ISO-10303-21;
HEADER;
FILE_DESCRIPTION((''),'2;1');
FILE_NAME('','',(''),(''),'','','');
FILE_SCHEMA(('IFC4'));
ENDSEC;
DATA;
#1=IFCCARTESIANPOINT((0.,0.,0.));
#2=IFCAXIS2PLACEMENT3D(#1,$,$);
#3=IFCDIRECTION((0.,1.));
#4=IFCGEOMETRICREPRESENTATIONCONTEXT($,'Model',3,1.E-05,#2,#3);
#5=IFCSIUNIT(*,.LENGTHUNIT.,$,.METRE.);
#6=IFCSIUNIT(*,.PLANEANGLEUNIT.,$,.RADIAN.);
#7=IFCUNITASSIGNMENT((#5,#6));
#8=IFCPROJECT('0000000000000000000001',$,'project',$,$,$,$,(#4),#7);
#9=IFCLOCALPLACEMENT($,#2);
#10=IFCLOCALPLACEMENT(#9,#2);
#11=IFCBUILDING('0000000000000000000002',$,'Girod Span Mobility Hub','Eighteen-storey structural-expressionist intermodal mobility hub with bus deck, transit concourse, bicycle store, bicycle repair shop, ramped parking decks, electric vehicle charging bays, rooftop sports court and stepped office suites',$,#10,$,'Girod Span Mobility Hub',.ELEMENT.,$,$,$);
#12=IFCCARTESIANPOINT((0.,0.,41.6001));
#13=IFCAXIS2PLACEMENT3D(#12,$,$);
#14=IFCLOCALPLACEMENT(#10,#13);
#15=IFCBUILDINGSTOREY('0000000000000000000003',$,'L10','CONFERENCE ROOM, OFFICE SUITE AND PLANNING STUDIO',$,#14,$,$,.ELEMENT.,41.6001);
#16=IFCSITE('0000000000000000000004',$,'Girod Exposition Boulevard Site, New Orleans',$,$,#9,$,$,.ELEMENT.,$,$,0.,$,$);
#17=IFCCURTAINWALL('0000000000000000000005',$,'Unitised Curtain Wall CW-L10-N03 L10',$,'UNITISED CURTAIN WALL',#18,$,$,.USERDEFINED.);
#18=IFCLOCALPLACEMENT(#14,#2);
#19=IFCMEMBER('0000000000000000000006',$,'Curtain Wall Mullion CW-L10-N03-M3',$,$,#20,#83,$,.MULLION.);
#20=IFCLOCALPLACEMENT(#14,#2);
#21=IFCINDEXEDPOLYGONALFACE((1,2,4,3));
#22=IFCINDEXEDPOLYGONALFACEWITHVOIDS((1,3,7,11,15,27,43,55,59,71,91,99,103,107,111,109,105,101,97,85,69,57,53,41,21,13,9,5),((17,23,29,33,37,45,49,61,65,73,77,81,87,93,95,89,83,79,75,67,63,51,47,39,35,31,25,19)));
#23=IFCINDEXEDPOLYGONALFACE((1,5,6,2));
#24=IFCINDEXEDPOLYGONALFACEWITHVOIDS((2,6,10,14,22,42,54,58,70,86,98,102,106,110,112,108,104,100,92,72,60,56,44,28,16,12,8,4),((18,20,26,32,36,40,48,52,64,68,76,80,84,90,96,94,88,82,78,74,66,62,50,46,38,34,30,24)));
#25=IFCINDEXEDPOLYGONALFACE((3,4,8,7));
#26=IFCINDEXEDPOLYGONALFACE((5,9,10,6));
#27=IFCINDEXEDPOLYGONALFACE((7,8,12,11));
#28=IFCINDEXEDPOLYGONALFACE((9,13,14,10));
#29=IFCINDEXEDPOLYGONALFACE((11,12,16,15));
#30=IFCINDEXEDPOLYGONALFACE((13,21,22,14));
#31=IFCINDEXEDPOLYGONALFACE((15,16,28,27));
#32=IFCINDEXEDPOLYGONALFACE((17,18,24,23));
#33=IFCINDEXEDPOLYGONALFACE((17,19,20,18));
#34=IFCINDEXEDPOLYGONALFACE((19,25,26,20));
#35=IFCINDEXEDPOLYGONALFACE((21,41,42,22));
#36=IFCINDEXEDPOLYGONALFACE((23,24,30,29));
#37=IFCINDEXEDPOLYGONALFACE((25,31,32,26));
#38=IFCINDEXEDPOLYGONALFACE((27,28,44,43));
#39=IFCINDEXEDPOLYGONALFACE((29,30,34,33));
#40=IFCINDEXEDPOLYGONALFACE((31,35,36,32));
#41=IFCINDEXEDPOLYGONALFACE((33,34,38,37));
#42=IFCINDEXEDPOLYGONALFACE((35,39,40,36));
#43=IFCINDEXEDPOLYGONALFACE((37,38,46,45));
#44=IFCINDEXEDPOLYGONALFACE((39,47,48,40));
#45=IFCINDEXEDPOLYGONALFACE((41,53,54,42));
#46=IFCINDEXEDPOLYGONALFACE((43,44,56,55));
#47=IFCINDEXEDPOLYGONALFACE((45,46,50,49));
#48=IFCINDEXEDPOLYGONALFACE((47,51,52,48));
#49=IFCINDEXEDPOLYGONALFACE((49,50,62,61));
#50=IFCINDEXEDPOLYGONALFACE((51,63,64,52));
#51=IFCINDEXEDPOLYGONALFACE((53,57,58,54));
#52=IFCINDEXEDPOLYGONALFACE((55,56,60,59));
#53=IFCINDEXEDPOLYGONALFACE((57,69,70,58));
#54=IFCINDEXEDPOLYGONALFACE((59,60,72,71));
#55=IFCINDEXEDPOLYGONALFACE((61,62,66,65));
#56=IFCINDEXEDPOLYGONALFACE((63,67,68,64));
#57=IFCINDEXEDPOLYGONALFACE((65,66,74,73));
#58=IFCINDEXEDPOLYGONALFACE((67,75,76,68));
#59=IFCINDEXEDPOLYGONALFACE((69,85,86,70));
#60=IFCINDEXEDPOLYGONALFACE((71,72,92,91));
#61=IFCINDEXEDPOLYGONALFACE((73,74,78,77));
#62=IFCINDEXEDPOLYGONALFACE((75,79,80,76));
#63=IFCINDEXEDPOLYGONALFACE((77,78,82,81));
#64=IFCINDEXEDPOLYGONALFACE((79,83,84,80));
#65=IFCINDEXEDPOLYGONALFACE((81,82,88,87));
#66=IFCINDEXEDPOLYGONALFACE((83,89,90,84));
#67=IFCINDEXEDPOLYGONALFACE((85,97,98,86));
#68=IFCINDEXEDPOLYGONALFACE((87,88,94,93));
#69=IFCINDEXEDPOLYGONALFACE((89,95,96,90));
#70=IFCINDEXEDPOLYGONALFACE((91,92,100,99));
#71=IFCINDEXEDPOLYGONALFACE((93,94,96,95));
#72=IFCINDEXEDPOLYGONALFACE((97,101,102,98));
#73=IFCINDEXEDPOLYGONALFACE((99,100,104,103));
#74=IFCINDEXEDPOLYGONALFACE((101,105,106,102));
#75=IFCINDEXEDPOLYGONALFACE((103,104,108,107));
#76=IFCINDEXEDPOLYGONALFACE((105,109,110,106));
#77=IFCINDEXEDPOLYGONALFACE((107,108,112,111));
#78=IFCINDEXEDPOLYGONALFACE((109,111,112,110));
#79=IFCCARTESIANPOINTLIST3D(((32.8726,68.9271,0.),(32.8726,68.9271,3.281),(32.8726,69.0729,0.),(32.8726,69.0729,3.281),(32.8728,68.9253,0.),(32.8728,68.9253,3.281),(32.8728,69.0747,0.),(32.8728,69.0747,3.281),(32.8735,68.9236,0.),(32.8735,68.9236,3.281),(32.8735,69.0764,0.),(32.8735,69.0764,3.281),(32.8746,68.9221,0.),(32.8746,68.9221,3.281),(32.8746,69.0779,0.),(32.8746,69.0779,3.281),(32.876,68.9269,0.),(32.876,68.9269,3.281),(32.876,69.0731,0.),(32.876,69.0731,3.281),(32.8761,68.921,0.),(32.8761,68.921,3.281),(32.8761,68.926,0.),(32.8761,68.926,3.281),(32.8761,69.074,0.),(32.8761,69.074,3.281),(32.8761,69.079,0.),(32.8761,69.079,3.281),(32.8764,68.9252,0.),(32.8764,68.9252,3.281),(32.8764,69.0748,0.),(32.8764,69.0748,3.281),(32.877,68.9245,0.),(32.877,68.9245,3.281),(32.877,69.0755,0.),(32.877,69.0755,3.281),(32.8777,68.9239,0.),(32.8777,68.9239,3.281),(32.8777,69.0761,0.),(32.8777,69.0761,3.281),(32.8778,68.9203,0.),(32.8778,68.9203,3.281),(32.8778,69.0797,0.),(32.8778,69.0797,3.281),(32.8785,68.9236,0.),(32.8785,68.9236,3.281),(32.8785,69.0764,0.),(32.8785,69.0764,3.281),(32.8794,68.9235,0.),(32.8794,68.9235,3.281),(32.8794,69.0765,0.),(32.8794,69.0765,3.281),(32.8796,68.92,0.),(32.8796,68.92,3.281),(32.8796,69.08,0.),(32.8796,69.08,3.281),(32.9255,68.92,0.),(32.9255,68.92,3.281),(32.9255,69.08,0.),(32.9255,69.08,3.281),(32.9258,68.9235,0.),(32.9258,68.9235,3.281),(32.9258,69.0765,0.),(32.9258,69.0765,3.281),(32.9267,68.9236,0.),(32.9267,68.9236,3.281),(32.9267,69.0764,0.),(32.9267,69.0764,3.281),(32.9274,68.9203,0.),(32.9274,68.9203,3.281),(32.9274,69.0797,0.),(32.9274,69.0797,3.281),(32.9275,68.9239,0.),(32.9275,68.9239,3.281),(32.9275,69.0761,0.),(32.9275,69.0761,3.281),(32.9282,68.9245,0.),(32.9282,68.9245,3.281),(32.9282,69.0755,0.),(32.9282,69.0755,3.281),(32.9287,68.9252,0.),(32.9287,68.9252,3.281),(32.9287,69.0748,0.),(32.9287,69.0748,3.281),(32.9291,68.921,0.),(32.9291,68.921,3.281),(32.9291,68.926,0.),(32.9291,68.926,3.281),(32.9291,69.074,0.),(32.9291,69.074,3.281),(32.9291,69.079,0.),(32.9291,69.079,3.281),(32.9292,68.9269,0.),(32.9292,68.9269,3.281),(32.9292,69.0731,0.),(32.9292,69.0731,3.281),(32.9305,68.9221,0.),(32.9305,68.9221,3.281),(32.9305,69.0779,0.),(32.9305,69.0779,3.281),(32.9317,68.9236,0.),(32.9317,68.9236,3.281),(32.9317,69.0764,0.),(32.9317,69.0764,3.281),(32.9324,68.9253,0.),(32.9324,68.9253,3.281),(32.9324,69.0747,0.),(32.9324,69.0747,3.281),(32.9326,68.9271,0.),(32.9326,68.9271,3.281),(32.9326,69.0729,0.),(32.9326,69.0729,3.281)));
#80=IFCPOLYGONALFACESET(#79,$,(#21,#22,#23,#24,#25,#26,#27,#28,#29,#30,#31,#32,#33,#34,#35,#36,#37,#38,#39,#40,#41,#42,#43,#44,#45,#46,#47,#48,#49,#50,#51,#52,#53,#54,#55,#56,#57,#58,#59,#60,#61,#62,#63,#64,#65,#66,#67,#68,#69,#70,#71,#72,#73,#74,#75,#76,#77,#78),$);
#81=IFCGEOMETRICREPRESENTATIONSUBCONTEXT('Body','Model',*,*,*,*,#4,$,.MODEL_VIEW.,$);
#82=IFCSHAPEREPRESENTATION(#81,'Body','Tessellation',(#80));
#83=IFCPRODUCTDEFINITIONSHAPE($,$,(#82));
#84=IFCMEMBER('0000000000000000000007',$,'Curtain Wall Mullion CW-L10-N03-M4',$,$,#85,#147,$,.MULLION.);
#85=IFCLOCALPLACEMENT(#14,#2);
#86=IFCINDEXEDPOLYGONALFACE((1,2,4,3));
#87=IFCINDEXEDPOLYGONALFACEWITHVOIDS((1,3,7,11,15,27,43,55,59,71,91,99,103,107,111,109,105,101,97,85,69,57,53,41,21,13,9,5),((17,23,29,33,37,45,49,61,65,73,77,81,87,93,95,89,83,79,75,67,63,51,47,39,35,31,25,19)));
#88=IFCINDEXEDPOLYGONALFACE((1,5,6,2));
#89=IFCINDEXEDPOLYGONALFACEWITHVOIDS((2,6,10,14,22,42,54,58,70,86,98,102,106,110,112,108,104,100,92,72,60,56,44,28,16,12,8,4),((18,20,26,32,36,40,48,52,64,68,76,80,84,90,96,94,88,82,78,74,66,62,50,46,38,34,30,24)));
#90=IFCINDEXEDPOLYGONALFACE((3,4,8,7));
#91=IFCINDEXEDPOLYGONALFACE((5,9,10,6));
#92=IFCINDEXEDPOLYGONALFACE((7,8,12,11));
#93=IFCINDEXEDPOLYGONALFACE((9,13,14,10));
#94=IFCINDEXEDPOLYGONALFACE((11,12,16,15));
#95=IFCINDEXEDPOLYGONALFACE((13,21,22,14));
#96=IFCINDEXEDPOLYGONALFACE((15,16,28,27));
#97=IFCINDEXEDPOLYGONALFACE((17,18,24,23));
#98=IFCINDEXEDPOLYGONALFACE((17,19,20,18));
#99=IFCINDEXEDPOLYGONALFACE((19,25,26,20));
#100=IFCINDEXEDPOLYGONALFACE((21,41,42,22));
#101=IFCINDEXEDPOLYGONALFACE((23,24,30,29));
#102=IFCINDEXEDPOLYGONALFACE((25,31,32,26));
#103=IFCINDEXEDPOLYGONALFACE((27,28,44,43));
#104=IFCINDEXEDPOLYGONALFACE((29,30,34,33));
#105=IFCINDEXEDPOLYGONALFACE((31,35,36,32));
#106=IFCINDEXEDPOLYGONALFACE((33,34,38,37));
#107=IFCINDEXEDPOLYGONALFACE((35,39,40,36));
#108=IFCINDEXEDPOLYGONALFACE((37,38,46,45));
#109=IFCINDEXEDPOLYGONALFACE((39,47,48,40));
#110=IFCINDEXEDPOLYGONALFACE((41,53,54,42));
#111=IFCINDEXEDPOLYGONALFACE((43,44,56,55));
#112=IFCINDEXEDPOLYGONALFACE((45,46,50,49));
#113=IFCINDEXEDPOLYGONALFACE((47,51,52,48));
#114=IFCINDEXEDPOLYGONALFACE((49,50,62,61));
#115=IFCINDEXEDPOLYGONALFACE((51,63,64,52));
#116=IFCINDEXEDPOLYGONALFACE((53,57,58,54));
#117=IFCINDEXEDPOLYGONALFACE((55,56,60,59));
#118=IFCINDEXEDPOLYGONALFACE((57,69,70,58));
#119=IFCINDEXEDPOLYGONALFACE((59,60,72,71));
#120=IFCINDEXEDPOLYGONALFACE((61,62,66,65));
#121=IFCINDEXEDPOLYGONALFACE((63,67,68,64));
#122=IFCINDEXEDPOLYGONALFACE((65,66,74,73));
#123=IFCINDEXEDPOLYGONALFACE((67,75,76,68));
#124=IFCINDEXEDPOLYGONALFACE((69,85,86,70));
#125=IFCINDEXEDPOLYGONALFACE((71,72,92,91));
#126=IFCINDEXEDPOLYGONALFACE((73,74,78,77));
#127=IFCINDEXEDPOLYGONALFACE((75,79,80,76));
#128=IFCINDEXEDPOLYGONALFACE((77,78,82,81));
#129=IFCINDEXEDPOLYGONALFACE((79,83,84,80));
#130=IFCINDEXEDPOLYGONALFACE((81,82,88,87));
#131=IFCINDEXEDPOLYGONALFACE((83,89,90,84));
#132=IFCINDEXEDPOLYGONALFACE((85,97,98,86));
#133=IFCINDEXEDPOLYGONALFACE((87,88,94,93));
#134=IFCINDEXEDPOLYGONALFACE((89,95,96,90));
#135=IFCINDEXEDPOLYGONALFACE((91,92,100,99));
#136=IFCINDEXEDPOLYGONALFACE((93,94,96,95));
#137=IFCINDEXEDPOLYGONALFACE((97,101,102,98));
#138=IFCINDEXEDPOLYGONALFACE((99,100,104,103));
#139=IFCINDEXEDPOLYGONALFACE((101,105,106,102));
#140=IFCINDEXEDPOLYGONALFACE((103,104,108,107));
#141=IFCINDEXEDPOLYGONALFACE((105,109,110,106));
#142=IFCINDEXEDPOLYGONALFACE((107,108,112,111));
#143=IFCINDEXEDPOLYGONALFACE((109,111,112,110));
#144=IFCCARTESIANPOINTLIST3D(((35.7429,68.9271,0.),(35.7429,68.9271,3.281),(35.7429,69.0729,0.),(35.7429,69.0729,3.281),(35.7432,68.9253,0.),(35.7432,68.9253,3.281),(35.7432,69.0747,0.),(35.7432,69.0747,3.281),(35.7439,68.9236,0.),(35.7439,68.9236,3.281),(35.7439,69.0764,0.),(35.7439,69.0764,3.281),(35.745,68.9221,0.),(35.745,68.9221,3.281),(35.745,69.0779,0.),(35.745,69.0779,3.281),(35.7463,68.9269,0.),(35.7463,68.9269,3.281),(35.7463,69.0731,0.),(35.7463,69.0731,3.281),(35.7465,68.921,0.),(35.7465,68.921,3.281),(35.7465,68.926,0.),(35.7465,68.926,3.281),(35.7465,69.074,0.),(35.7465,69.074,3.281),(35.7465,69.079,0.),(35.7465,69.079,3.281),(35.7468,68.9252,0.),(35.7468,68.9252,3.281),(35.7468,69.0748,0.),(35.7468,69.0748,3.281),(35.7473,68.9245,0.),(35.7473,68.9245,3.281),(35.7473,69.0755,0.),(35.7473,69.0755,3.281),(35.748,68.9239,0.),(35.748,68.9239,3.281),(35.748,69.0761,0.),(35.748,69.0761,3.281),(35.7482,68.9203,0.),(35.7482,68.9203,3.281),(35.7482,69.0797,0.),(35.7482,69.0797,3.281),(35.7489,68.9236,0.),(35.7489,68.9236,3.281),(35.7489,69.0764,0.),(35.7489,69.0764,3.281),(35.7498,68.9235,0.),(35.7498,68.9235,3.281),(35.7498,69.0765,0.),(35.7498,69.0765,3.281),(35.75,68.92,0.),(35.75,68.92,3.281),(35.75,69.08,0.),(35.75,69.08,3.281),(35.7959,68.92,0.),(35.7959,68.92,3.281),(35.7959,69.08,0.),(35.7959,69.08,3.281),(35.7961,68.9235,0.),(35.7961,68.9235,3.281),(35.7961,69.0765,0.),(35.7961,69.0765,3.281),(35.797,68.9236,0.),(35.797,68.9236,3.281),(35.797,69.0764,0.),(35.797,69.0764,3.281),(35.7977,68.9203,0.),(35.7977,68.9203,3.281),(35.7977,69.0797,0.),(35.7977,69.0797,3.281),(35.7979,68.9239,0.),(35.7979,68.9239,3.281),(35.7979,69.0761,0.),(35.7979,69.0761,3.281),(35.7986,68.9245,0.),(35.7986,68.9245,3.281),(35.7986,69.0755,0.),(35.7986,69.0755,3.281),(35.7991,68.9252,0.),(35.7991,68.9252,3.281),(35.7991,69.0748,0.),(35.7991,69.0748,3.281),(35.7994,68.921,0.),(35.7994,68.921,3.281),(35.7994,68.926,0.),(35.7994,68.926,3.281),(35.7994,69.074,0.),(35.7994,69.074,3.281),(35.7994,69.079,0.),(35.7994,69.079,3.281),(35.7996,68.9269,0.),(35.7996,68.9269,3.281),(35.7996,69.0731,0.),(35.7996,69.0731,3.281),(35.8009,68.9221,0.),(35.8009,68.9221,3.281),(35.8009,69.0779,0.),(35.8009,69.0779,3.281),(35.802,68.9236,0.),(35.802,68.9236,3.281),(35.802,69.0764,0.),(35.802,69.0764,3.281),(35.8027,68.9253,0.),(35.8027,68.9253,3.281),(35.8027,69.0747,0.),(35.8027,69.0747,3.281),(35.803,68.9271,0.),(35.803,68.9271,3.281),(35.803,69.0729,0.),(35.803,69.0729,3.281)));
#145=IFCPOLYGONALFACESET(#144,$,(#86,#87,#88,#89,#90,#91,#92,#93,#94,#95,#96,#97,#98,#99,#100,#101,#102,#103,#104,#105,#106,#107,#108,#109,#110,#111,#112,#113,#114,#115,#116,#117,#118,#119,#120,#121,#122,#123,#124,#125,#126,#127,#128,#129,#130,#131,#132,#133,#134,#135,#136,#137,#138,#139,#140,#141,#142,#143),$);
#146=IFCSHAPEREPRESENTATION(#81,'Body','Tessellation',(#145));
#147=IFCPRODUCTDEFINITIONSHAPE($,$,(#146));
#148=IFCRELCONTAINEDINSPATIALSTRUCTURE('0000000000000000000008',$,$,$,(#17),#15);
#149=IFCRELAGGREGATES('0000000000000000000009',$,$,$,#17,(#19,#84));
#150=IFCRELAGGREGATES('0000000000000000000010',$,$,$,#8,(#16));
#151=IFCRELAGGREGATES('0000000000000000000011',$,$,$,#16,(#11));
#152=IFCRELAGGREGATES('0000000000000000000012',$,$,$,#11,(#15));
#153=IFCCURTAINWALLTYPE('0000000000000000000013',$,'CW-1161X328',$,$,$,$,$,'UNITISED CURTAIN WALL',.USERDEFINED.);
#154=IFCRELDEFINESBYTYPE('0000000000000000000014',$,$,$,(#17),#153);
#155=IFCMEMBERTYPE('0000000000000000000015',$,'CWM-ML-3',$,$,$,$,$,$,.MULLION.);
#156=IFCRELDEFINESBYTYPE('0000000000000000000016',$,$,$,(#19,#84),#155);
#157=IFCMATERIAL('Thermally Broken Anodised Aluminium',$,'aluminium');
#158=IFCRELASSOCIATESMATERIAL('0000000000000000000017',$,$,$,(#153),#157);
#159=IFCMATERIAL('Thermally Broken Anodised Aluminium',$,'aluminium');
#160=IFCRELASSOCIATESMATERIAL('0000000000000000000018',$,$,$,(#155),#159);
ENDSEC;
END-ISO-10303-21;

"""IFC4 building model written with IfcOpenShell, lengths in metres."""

from ifc_helpers import new_model, si_unit, direction, frame, origin, origin_2d, place, context, subcontext, project, spatial, hollow_rectangle, extrude, material, material_profile, profile_set, type_object, element, aggregate, save


model = new_model("IFC4")

# Units and contexts
model_context = context("Model", 3, precision=1e-05, world=origin(), true_north=direction((0.0, 1.0)))
body_context = subcontext(model_context, "Body", "Model", "MODEL_VIEW")
ifc_project = project(units=[si_unit("LENGTHUNIT", "METRE"), si_unit("PLANEANGLEUNIT", "RADIAN")], contexts=[model_context])

# Site, building, storey
site_placement = place(None, origin())
site = spatial("IfcSite", under=ifc_project, at=site_placement, Name="Girod Exposition Boulevard Site, New Orleans", CompositionType="ELEMENT", RefElevation=0.0)
building_placement = place(site_placement, origin())
building = spatial("IfcBuilding", under=site, at=building_placement, Name="Girod Span Mobility Hub", Description="Eighteen-storey structural-expressionist intermodal mobility hub with bus deck, transit concourse, bicycle store, bicycle repair shop, ramped parking decks, electric vehicle charging bays, rooftop sports court and stepped office suites", LongName="Girod Span Mobility Hub", CompositionType="ELEMENT")
storey_placement = place(building_placement, frame((0.0, 0.0, 41.6001)))
storey = spatial("IfcBuildingStorey", under=building, at=storey_placement, Name="L10", Description="CONFERENCE ROOM, OFFICE SUITE AND PLANNING STUDIO", CompositionType="ELEMENT", Elevation=41.6001)

# Curtain wall, members
ifc_material_1 = material(Name="Thermally Broken Anodised Aluminium", Category="aluminium")
curtain_wall_type = type_object("IfcCurtainWallType", Name="CW-1161X328", ElementType="UNITISED CURTAIN WALL", PredefinedType="USERDEFINED", material=ifc_material_1)
curtain_wall_placement = place(storey_placement, origin())
curtain_wall = element("IfcCurtainWall", 1, at=curtain_wall_placement, inside=storey, type_object=curtain_wall_type, Name="Unitised Curtain Wall CW-L10-N03 L10", ObjectType="UNITISED CURTAIN WALL", PredefinedType="USERDEFINED")
ifc_material_2 = material(Name="Thermally Broken Anodised Aluminium", Category="aluminium")
ifc_material_profile_1 = material_profile(ifc_material_2, hollow_rectangle(XDim=0.1599, YDim=0.0601, WallThickness=0.0034, InnerFilletRadius=0.0034, OuterFilletRadius=0.0071, at=origin_2d()), Name="CW-ML-60X160")
ifc_profile_set_1 = profile_set([ifc_material_profile_1], Name="Thermally Broken Anodised Aluminium")
member_type_1 = type_object("IfcMemberType", Name="CWM-ML-3", PredefinedType="MULLION", material=ifc_profile_set_1)
member_1_placement = place(storey_placement, frame((32.9026, 69.0, 0.0), z_axis=(0.0, 0.0, 1.0), x_axis=(0.0, 1.0, 0.0)))
member_1 = element("IfcMember", 2, at=member_1_placement, type_object=member_type_1, Name="Curtain Wall Mullion CW-L10-N03-M3", PredefinedType="MULLION", context=body_context, shape_type="SweptSolid", body=[
    extrude(hollow_rectangle(XDim=0.1599, YDim=0.0601, WallThickness=0.0034, InnerFilletRadius=0.0034, OuterFilletRadius=0.0071, at=origin_2d()), origin(), (0.0, 0.0, 1.0), 3.281),
])
member_2_placement = place(storey_placement, frame((35.7729, 69.0, 0.0), z_axis=(0.0, 0.0, 1.0), x_axis=(0.0, 1.0, 0.0)))
member_2 = element("IfcMember", 3, at=member_2_placement, type_object=member_type_1, Name="Curtain Wall Mullion CW-L10-N03-M4", PredefinedType="MULLION", context=body_context, shape_type="SweptSolid", body=[
    extrude(hollow_rectangle(XDim=0.1599, YDim=0.0601, WallThickness=0.0034, InnerFilletRadius=0.0034, OuterFilletRadius=0.0071, at=origin_2d()), origin(), (0.0, 0.0, 1.0), 3.281),
])

aggregate(curtain_wall, [member_1, member_2])

save(model, "model.ifc")
